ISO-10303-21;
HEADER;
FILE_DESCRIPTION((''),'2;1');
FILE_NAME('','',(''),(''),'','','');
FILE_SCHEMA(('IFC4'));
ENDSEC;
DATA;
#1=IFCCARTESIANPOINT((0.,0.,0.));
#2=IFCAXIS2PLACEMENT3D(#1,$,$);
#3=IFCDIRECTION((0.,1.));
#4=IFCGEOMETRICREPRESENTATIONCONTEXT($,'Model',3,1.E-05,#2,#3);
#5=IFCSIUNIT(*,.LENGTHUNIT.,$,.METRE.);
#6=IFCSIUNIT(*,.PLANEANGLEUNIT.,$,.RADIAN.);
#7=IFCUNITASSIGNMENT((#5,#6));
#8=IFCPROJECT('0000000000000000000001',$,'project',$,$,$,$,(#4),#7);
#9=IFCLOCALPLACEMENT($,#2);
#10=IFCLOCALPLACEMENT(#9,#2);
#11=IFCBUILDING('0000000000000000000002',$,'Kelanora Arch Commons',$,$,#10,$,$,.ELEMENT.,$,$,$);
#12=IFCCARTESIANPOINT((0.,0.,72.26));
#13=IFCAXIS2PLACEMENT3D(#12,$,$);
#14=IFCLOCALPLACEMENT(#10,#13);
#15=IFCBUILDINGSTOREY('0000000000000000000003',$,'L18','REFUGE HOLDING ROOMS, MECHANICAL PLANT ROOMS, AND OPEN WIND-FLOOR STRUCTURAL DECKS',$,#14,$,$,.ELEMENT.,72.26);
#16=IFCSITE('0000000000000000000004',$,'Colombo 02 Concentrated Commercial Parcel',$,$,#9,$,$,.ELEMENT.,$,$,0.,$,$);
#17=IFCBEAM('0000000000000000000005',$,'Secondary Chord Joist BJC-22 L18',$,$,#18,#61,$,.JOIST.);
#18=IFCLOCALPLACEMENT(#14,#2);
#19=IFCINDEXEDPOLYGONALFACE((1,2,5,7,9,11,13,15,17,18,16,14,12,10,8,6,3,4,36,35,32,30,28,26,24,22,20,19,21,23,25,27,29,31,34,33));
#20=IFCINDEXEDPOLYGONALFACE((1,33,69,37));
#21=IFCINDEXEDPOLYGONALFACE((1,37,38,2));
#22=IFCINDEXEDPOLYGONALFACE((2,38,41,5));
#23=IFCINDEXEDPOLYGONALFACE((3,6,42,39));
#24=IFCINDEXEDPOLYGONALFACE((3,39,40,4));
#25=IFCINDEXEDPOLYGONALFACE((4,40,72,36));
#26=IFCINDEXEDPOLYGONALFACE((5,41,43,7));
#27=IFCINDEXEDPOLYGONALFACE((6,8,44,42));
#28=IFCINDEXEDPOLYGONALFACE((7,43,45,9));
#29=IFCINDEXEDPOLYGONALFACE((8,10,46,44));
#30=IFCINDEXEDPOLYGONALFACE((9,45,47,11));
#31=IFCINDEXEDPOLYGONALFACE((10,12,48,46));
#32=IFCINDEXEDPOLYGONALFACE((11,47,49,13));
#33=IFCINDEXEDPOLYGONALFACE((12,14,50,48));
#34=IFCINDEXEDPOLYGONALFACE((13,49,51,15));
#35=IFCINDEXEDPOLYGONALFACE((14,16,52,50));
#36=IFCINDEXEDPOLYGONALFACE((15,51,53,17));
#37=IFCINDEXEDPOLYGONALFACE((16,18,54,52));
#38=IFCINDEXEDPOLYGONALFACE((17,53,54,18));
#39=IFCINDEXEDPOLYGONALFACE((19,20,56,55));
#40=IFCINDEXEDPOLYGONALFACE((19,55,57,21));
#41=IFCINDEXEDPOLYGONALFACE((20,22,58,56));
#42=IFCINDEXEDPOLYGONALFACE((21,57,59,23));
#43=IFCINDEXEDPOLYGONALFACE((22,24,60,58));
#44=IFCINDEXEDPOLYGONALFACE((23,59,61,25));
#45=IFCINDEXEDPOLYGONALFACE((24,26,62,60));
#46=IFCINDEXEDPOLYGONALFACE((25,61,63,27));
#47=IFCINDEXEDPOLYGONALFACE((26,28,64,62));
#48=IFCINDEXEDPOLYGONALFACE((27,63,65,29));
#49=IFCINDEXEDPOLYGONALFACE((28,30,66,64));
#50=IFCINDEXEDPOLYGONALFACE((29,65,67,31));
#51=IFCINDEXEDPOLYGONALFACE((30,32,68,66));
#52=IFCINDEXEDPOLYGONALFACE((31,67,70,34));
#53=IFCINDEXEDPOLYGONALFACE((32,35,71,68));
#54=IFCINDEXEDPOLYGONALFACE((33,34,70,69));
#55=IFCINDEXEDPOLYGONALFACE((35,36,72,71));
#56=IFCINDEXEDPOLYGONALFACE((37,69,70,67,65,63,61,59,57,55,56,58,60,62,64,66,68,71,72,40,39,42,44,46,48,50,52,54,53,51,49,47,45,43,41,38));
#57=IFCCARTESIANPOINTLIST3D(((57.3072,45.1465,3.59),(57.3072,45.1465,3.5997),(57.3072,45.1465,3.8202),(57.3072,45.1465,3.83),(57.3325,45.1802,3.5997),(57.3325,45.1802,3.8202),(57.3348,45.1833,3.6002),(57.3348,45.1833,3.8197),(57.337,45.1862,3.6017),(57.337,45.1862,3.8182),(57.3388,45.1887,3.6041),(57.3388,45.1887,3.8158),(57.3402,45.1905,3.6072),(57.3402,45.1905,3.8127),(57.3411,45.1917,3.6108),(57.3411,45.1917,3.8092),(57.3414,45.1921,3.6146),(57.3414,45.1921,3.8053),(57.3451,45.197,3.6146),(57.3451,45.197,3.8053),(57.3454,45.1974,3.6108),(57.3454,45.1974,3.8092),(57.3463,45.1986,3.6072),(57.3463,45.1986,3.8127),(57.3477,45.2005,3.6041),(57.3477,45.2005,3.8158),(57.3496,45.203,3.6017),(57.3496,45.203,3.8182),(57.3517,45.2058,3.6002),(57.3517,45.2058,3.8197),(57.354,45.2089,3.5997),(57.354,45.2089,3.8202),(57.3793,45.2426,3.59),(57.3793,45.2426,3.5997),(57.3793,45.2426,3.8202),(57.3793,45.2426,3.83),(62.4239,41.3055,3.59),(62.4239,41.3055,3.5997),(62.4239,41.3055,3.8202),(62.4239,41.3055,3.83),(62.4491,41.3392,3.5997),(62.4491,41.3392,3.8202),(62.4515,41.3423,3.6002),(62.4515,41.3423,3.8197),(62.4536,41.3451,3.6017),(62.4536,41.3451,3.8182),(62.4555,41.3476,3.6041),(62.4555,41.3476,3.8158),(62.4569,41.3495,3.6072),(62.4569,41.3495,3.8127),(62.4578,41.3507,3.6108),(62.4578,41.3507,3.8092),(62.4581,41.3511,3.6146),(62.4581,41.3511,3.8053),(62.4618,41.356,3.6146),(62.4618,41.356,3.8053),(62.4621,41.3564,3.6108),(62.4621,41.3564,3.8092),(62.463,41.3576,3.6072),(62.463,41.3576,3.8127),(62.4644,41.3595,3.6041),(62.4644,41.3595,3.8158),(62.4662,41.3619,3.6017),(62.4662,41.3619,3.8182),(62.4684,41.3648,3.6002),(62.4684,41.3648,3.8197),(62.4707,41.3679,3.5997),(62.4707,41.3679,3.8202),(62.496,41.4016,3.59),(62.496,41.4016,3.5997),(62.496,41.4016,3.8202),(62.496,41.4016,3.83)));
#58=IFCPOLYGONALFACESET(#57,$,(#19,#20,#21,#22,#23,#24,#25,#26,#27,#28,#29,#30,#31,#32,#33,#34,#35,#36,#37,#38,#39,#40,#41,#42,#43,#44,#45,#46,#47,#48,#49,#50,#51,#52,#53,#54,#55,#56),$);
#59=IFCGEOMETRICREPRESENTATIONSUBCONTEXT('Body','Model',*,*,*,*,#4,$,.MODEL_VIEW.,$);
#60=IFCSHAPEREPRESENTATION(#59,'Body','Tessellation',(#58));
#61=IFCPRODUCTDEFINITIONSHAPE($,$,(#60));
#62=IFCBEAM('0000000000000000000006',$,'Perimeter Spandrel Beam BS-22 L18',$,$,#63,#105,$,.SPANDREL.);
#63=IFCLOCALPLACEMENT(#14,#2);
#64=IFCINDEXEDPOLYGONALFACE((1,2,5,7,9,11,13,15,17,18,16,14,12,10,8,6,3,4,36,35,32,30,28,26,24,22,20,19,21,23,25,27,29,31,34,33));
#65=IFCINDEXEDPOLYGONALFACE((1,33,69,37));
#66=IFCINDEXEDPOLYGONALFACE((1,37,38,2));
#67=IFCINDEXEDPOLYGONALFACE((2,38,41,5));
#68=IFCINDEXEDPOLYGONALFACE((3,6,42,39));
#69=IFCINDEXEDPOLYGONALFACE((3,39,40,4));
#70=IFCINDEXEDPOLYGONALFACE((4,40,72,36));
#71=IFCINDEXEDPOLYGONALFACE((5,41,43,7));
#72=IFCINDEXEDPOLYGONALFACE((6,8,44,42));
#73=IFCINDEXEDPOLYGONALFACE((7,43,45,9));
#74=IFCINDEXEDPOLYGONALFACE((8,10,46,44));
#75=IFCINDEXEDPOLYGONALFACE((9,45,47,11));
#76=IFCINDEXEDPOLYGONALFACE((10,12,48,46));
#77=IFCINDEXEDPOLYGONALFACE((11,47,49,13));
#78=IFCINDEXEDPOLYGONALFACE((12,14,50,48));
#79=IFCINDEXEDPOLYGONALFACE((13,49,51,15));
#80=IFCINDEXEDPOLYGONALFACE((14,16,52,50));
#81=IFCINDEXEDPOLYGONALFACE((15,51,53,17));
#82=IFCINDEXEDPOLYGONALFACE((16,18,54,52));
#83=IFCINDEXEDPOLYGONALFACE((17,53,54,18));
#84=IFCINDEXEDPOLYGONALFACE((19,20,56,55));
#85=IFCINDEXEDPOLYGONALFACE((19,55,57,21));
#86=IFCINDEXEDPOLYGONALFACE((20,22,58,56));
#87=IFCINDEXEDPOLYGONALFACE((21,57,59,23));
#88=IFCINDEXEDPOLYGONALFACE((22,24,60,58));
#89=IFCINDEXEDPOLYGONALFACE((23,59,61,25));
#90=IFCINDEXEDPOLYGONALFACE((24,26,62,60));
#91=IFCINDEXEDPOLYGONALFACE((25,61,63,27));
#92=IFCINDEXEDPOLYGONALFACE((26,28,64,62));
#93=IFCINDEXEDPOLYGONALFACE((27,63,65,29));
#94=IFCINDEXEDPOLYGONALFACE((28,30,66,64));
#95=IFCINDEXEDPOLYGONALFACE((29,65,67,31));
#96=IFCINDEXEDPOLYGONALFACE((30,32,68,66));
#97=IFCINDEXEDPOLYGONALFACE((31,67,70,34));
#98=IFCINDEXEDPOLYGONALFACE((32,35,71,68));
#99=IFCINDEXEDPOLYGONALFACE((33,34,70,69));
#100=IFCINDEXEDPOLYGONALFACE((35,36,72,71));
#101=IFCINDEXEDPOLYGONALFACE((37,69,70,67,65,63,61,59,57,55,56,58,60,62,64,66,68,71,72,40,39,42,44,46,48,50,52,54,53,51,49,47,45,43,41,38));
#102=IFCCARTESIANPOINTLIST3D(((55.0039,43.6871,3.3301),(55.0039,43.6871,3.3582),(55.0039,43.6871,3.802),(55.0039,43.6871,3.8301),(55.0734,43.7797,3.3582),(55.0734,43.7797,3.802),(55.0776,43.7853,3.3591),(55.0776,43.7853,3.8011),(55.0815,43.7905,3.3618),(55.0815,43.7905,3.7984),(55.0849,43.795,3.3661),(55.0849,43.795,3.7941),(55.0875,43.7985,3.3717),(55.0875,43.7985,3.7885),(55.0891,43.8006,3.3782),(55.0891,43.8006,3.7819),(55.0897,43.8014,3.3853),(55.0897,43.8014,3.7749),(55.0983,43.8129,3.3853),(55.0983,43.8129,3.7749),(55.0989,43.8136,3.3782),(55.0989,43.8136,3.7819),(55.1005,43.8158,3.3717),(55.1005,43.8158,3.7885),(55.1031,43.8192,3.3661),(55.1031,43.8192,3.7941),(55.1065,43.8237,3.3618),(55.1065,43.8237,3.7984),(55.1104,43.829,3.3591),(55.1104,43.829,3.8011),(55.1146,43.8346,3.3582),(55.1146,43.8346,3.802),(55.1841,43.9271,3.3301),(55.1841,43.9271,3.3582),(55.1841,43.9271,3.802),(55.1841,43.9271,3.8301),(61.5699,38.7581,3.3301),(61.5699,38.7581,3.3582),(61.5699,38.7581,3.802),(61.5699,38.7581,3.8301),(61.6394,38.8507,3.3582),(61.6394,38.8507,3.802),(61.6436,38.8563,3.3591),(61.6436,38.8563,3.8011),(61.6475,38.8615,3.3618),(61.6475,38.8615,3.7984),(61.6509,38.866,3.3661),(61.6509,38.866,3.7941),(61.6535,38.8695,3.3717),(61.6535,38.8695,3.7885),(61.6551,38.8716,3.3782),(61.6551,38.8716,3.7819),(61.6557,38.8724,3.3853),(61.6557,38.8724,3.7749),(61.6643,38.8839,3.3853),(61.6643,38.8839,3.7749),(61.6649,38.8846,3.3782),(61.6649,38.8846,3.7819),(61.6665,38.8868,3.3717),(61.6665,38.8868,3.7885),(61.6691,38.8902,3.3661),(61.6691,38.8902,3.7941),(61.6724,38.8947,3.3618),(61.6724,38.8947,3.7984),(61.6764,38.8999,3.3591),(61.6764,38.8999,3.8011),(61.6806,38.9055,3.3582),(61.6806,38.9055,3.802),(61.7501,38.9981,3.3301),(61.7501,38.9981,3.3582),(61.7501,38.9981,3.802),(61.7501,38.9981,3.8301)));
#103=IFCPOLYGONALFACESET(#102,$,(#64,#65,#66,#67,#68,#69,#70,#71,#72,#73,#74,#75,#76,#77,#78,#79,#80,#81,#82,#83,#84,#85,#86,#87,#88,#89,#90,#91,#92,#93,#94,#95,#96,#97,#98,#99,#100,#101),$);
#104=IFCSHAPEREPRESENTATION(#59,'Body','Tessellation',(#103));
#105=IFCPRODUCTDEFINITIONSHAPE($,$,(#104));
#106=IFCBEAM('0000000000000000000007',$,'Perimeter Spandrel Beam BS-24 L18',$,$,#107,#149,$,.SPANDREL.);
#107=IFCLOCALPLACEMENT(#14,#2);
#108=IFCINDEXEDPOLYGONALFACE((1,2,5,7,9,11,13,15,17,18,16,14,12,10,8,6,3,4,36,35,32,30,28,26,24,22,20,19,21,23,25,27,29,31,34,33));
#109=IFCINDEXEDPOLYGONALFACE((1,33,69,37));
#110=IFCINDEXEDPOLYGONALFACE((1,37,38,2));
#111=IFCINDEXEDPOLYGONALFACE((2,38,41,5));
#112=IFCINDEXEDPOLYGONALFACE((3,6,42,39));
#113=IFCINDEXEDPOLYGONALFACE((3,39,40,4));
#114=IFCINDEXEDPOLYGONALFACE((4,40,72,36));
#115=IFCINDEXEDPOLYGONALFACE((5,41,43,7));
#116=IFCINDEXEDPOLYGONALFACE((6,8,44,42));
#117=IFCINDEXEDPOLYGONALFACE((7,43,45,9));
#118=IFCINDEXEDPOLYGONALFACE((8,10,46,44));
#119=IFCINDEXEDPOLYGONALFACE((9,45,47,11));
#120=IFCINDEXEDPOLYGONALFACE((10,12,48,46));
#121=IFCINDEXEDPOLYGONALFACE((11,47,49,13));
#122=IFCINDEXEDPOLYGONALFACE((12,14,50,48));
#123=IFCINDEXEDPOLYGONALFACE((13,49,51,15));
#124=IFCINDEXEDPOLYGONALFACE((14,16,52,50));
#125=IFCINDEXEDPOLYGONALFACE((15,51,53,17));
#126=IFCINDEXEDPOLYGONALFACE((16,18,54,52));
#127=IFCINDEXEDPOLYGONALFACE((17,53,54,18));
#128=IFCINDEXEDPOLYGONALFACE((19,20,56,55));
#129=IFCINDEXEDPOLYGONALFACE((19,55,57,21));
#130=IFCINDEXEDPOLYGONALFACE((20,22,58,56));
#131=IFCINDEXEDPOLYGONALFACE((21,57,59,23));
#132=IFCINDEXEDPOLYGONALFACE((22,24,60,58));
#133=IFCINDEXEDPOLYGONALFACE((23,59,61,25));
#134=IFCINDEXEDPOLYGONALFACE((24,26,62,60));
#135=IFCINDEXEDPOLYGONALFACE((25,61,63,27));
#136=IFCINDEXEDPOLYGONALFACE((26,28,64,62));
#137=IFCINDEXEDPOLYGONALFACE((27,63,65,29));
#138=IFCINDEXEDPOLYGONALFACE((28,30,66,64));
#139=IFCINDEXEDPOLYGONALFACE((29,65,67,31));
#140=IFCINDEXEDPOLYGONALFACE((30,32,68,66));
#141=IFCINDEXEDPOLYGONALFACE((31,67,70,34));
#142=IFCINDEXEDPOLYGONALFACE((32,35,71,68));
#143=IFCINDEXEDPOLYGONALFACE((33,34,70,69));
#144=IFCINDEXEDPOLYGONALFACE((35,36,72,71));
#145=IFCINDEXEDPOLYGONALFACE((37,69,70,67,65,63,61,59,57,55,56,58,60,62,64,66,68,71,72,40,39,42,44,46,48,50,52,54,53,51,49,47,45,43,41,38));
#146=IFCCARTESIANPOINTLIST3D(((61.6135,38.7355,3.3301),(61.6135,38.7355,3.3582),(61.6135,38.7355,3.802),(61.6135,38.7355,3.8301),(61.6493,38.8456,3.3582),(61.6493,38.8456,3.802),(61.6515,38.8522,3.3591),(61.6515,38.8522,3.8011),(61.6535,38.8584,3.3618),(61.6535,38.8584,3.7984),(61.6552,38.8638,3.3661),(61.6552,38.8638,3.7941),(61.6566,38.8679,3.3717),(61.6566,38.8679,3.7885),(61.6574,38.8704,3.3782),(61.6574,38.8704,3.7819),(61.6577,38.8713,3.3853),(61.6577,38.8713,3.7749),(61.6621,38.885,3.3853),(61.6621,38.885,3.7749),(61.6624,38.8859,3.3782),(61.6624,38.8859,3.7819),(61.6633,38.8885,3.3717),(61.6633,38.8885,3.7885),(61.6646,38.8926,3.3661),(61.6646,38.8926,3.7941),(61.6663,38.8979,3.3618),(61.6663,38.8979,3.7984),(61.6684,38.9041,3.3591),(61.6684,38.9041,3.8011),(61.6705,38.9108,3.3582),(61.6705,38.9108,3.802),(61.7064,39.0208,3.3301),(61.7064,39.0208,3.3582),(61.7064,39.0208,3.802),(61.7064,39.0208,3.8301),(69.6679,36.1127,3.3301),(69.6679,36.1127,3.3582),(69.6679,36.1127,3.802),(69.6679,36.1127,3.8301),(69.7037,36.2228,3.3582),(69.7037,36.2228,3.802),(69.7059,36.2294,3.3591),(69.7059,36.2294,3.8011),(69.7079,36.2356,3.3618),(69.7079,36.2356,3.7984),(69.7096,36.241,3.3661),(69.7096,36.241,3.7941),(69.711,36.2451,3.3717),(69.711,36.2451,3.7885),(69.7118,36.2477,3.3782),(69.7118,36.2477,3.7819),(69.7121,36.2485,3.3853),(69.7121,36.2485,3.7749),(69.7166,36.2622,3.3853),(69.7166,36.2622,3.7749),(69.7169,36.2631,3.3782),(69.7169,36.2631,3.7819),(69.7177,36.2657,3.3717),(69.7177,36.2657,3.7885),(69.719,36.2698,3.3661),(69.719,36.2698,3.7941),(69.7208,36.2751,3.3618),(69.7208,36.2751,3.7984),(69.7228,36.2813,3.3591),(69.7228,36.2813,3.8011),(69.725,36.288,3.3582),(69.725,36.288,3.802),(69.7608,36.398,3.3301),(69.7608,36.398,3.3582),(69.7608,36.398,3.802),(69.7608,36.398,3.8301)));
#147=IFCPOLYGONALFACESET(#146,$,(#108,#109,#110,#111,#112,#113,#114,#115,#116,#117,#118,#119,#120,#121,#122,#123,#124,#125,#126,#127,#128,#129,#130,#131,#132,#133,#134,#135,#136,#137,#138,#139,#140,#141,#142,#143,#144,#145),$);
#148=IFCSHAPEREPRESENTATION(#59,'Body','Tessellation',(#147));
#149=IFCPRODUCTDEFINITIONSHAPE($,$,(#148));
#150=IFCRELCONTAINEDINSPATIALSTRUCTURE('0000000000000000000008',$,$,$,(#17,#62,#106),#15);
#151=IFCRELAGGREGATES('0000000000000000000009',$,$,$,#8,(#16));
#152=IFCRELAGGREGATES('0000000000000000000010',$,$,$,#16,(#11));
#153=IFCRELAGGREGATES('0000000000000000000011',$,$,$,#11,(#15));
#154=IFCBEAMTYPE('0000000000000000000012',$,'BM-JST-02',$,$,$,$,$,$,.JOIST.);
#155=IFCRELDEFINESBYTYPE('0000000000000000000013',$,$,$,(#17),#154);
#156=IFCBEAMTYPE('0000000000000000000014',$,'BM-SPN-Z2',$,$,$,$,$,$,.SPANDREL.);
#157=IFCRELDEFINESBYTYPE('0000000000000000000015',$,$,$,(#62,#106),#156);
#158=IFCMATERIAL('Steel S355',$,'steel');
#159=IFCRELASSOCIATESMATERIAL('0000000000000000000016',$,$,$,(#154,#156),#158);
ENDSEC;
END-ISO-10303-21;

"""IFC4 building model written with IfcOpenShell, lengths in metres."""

from ifc_helpers import new_model, si_unit, direction, frame, origin, origin_2d, place, context, subcontext, project, spatial, i_section, extrude, material, material_profile, profile_set, type_object, element, save


model = new_model("IFC4")

# Units and contexts
model_context = context("Model", 3, precision=1e-05, world=origin(), true_north=direction((0.0, 1.0)))
body_context = subcontext(model_context, "Body", "Model", "MODEL_VIEW")
ifc_project = project(units=[si_unit("LENGTHUNIT", "METRE"), si_unit("PLANEANGLEUNIT", "RADIAN")], contexts=[model_context])

# Site, building, storey
site_placement = place(None, origin())
site = spatial("IfcSite", under=ifc_project, at=site_placement, Name="Colombo 02 Concentrated Commercial Parcel", CompositionType="ELEMENT", RefElevation=0.0)
building_placement = place(site_placement, origin())
building = spatial("IfcBuilding", under=site, at=building_placement, Name="Kelanora Arch Commons", CompositionType="ELEMENT")
storey_placement = place(building_placement, frame((0.0, 0.0, 72.26)))
storey = spatial("IfcBuildingStorey", under=building, at=storey_placement, Name="L18", Description="REFUGE HOLDING ROOMS, MECHANICAL PLANT ROOMS, AND OPEN WIND-FLOOR STRUCTURAL DECKS", CompositionType="ELEMENT", Elevation=72.26)

# Beams
ifc_material_1 = material(Name="Steel S355", Category="steel")
ifc_material_profile_1 = material_profile(ifc_material_1, i_section(OverallWidth=0.1201, OverallDepth=0.24, WebThickness=0.0061, FlangeThickness=0.0098, FilletRadius=0.0149, at=origin_2d()), Name="IPE240")
ifc_profile_set_1 = profile_set([ifc_material_profile_1], Name="Steel S355")
beam_type_1 = type_object("IfcBeamType", Name="BM-JST-02", PredefinedType="JOIST", material=ifc_profile_set_1)
beam_1_placement = place(storey_placement, frame((57.3433, 45.1946, 3.71), z_axis=(0.799734, -0.600354, 0.0), x_axis=(0.600354, 0.799734, 0.0)))
element("IfcBeam", 1, at=beam_1_placement, inside=storey, type_object=beam_type_1, Name="Secondary Chord Joist BJC-22 L18", PredefinedType="JOIST", context=body_context, shape_type="SweptSolid", body=[
    extrude(i_section(OverallWidth=0.1201, OverallDepth=0.24, WebThickness=0.0061, FlangeThickness=0.0098, FilletRadius=0.0149, at=origin_2d()), origin(), (0.0, 0.0, 1.0), 6.3979),
])
ifc_material_profile_2 = material_profile(ifc_material_1, i_section(OverallWidth=0.3, OverallDepth=0.5, WebThickness=0.0144, FlangeThickness=0.0281, FilletRadius=0.0271, at=origin_2d()), Name="HEB500")
ifc_profile_set_2 = profile_set([ifc_material_profile_2], Name="Steel S355")
beam_type_2 = type_object("IfcBeamType", Name="BM-SPN-Z2", PredefinedType="SPANDREL", material=ifc_profile_set_2)
beam_2_placement = place(storey_placement, frame((55.094, 43.8071, 3.5801), z_axis=(0.799736, -0.600352, 0.0), x_axis=(0.600352, 0.799736, 0.0)))
element("IfcBeam", 2, at=beam_2_placement, inside=storey, type_object=beam_type_2, Name="Perimeter Spandrel Beam BS-22 L18", PredefinedType="SPANDREL", context=body_context, shape_type="SweptSolid", body=[
    extrude(i_section(OverallWidth=0.3, OverallDepth=0.5, WebThickness=0.0144, FlangeThickness=0.0281, FilletRadius=0.0271, at=origin_2d()), origin(), (0.0, 0.0, 1.0), 8.2102),
])
beam_3_placement = place(storey_placement, frame((61.6599, 38.8782, 3.5801), z_axis=(0.950857, -0.309631, 0.0), x_axis=(0.309631, 0.950857, 0.0)))
element("IfcBeam", 3, at=beam_3_placement, inside=storey, type_object=beam_type_2, Name="Perimeter Spandrel Beam BS-24 L18", PredefinedType="SPANDREL", context=body_context, shape_type="SweptSolid", body=[
    extrude(i_section(OverallWidth=0.3, OverallDepth=0.5, WebThickness=0.0144, FlangeThickness=0.0281, FilletRadius=0.0271, at=origin_2d()), origin(), (0.0, 0.0, 1.0), 8.4707),
])

save(model, "model.ifc")
